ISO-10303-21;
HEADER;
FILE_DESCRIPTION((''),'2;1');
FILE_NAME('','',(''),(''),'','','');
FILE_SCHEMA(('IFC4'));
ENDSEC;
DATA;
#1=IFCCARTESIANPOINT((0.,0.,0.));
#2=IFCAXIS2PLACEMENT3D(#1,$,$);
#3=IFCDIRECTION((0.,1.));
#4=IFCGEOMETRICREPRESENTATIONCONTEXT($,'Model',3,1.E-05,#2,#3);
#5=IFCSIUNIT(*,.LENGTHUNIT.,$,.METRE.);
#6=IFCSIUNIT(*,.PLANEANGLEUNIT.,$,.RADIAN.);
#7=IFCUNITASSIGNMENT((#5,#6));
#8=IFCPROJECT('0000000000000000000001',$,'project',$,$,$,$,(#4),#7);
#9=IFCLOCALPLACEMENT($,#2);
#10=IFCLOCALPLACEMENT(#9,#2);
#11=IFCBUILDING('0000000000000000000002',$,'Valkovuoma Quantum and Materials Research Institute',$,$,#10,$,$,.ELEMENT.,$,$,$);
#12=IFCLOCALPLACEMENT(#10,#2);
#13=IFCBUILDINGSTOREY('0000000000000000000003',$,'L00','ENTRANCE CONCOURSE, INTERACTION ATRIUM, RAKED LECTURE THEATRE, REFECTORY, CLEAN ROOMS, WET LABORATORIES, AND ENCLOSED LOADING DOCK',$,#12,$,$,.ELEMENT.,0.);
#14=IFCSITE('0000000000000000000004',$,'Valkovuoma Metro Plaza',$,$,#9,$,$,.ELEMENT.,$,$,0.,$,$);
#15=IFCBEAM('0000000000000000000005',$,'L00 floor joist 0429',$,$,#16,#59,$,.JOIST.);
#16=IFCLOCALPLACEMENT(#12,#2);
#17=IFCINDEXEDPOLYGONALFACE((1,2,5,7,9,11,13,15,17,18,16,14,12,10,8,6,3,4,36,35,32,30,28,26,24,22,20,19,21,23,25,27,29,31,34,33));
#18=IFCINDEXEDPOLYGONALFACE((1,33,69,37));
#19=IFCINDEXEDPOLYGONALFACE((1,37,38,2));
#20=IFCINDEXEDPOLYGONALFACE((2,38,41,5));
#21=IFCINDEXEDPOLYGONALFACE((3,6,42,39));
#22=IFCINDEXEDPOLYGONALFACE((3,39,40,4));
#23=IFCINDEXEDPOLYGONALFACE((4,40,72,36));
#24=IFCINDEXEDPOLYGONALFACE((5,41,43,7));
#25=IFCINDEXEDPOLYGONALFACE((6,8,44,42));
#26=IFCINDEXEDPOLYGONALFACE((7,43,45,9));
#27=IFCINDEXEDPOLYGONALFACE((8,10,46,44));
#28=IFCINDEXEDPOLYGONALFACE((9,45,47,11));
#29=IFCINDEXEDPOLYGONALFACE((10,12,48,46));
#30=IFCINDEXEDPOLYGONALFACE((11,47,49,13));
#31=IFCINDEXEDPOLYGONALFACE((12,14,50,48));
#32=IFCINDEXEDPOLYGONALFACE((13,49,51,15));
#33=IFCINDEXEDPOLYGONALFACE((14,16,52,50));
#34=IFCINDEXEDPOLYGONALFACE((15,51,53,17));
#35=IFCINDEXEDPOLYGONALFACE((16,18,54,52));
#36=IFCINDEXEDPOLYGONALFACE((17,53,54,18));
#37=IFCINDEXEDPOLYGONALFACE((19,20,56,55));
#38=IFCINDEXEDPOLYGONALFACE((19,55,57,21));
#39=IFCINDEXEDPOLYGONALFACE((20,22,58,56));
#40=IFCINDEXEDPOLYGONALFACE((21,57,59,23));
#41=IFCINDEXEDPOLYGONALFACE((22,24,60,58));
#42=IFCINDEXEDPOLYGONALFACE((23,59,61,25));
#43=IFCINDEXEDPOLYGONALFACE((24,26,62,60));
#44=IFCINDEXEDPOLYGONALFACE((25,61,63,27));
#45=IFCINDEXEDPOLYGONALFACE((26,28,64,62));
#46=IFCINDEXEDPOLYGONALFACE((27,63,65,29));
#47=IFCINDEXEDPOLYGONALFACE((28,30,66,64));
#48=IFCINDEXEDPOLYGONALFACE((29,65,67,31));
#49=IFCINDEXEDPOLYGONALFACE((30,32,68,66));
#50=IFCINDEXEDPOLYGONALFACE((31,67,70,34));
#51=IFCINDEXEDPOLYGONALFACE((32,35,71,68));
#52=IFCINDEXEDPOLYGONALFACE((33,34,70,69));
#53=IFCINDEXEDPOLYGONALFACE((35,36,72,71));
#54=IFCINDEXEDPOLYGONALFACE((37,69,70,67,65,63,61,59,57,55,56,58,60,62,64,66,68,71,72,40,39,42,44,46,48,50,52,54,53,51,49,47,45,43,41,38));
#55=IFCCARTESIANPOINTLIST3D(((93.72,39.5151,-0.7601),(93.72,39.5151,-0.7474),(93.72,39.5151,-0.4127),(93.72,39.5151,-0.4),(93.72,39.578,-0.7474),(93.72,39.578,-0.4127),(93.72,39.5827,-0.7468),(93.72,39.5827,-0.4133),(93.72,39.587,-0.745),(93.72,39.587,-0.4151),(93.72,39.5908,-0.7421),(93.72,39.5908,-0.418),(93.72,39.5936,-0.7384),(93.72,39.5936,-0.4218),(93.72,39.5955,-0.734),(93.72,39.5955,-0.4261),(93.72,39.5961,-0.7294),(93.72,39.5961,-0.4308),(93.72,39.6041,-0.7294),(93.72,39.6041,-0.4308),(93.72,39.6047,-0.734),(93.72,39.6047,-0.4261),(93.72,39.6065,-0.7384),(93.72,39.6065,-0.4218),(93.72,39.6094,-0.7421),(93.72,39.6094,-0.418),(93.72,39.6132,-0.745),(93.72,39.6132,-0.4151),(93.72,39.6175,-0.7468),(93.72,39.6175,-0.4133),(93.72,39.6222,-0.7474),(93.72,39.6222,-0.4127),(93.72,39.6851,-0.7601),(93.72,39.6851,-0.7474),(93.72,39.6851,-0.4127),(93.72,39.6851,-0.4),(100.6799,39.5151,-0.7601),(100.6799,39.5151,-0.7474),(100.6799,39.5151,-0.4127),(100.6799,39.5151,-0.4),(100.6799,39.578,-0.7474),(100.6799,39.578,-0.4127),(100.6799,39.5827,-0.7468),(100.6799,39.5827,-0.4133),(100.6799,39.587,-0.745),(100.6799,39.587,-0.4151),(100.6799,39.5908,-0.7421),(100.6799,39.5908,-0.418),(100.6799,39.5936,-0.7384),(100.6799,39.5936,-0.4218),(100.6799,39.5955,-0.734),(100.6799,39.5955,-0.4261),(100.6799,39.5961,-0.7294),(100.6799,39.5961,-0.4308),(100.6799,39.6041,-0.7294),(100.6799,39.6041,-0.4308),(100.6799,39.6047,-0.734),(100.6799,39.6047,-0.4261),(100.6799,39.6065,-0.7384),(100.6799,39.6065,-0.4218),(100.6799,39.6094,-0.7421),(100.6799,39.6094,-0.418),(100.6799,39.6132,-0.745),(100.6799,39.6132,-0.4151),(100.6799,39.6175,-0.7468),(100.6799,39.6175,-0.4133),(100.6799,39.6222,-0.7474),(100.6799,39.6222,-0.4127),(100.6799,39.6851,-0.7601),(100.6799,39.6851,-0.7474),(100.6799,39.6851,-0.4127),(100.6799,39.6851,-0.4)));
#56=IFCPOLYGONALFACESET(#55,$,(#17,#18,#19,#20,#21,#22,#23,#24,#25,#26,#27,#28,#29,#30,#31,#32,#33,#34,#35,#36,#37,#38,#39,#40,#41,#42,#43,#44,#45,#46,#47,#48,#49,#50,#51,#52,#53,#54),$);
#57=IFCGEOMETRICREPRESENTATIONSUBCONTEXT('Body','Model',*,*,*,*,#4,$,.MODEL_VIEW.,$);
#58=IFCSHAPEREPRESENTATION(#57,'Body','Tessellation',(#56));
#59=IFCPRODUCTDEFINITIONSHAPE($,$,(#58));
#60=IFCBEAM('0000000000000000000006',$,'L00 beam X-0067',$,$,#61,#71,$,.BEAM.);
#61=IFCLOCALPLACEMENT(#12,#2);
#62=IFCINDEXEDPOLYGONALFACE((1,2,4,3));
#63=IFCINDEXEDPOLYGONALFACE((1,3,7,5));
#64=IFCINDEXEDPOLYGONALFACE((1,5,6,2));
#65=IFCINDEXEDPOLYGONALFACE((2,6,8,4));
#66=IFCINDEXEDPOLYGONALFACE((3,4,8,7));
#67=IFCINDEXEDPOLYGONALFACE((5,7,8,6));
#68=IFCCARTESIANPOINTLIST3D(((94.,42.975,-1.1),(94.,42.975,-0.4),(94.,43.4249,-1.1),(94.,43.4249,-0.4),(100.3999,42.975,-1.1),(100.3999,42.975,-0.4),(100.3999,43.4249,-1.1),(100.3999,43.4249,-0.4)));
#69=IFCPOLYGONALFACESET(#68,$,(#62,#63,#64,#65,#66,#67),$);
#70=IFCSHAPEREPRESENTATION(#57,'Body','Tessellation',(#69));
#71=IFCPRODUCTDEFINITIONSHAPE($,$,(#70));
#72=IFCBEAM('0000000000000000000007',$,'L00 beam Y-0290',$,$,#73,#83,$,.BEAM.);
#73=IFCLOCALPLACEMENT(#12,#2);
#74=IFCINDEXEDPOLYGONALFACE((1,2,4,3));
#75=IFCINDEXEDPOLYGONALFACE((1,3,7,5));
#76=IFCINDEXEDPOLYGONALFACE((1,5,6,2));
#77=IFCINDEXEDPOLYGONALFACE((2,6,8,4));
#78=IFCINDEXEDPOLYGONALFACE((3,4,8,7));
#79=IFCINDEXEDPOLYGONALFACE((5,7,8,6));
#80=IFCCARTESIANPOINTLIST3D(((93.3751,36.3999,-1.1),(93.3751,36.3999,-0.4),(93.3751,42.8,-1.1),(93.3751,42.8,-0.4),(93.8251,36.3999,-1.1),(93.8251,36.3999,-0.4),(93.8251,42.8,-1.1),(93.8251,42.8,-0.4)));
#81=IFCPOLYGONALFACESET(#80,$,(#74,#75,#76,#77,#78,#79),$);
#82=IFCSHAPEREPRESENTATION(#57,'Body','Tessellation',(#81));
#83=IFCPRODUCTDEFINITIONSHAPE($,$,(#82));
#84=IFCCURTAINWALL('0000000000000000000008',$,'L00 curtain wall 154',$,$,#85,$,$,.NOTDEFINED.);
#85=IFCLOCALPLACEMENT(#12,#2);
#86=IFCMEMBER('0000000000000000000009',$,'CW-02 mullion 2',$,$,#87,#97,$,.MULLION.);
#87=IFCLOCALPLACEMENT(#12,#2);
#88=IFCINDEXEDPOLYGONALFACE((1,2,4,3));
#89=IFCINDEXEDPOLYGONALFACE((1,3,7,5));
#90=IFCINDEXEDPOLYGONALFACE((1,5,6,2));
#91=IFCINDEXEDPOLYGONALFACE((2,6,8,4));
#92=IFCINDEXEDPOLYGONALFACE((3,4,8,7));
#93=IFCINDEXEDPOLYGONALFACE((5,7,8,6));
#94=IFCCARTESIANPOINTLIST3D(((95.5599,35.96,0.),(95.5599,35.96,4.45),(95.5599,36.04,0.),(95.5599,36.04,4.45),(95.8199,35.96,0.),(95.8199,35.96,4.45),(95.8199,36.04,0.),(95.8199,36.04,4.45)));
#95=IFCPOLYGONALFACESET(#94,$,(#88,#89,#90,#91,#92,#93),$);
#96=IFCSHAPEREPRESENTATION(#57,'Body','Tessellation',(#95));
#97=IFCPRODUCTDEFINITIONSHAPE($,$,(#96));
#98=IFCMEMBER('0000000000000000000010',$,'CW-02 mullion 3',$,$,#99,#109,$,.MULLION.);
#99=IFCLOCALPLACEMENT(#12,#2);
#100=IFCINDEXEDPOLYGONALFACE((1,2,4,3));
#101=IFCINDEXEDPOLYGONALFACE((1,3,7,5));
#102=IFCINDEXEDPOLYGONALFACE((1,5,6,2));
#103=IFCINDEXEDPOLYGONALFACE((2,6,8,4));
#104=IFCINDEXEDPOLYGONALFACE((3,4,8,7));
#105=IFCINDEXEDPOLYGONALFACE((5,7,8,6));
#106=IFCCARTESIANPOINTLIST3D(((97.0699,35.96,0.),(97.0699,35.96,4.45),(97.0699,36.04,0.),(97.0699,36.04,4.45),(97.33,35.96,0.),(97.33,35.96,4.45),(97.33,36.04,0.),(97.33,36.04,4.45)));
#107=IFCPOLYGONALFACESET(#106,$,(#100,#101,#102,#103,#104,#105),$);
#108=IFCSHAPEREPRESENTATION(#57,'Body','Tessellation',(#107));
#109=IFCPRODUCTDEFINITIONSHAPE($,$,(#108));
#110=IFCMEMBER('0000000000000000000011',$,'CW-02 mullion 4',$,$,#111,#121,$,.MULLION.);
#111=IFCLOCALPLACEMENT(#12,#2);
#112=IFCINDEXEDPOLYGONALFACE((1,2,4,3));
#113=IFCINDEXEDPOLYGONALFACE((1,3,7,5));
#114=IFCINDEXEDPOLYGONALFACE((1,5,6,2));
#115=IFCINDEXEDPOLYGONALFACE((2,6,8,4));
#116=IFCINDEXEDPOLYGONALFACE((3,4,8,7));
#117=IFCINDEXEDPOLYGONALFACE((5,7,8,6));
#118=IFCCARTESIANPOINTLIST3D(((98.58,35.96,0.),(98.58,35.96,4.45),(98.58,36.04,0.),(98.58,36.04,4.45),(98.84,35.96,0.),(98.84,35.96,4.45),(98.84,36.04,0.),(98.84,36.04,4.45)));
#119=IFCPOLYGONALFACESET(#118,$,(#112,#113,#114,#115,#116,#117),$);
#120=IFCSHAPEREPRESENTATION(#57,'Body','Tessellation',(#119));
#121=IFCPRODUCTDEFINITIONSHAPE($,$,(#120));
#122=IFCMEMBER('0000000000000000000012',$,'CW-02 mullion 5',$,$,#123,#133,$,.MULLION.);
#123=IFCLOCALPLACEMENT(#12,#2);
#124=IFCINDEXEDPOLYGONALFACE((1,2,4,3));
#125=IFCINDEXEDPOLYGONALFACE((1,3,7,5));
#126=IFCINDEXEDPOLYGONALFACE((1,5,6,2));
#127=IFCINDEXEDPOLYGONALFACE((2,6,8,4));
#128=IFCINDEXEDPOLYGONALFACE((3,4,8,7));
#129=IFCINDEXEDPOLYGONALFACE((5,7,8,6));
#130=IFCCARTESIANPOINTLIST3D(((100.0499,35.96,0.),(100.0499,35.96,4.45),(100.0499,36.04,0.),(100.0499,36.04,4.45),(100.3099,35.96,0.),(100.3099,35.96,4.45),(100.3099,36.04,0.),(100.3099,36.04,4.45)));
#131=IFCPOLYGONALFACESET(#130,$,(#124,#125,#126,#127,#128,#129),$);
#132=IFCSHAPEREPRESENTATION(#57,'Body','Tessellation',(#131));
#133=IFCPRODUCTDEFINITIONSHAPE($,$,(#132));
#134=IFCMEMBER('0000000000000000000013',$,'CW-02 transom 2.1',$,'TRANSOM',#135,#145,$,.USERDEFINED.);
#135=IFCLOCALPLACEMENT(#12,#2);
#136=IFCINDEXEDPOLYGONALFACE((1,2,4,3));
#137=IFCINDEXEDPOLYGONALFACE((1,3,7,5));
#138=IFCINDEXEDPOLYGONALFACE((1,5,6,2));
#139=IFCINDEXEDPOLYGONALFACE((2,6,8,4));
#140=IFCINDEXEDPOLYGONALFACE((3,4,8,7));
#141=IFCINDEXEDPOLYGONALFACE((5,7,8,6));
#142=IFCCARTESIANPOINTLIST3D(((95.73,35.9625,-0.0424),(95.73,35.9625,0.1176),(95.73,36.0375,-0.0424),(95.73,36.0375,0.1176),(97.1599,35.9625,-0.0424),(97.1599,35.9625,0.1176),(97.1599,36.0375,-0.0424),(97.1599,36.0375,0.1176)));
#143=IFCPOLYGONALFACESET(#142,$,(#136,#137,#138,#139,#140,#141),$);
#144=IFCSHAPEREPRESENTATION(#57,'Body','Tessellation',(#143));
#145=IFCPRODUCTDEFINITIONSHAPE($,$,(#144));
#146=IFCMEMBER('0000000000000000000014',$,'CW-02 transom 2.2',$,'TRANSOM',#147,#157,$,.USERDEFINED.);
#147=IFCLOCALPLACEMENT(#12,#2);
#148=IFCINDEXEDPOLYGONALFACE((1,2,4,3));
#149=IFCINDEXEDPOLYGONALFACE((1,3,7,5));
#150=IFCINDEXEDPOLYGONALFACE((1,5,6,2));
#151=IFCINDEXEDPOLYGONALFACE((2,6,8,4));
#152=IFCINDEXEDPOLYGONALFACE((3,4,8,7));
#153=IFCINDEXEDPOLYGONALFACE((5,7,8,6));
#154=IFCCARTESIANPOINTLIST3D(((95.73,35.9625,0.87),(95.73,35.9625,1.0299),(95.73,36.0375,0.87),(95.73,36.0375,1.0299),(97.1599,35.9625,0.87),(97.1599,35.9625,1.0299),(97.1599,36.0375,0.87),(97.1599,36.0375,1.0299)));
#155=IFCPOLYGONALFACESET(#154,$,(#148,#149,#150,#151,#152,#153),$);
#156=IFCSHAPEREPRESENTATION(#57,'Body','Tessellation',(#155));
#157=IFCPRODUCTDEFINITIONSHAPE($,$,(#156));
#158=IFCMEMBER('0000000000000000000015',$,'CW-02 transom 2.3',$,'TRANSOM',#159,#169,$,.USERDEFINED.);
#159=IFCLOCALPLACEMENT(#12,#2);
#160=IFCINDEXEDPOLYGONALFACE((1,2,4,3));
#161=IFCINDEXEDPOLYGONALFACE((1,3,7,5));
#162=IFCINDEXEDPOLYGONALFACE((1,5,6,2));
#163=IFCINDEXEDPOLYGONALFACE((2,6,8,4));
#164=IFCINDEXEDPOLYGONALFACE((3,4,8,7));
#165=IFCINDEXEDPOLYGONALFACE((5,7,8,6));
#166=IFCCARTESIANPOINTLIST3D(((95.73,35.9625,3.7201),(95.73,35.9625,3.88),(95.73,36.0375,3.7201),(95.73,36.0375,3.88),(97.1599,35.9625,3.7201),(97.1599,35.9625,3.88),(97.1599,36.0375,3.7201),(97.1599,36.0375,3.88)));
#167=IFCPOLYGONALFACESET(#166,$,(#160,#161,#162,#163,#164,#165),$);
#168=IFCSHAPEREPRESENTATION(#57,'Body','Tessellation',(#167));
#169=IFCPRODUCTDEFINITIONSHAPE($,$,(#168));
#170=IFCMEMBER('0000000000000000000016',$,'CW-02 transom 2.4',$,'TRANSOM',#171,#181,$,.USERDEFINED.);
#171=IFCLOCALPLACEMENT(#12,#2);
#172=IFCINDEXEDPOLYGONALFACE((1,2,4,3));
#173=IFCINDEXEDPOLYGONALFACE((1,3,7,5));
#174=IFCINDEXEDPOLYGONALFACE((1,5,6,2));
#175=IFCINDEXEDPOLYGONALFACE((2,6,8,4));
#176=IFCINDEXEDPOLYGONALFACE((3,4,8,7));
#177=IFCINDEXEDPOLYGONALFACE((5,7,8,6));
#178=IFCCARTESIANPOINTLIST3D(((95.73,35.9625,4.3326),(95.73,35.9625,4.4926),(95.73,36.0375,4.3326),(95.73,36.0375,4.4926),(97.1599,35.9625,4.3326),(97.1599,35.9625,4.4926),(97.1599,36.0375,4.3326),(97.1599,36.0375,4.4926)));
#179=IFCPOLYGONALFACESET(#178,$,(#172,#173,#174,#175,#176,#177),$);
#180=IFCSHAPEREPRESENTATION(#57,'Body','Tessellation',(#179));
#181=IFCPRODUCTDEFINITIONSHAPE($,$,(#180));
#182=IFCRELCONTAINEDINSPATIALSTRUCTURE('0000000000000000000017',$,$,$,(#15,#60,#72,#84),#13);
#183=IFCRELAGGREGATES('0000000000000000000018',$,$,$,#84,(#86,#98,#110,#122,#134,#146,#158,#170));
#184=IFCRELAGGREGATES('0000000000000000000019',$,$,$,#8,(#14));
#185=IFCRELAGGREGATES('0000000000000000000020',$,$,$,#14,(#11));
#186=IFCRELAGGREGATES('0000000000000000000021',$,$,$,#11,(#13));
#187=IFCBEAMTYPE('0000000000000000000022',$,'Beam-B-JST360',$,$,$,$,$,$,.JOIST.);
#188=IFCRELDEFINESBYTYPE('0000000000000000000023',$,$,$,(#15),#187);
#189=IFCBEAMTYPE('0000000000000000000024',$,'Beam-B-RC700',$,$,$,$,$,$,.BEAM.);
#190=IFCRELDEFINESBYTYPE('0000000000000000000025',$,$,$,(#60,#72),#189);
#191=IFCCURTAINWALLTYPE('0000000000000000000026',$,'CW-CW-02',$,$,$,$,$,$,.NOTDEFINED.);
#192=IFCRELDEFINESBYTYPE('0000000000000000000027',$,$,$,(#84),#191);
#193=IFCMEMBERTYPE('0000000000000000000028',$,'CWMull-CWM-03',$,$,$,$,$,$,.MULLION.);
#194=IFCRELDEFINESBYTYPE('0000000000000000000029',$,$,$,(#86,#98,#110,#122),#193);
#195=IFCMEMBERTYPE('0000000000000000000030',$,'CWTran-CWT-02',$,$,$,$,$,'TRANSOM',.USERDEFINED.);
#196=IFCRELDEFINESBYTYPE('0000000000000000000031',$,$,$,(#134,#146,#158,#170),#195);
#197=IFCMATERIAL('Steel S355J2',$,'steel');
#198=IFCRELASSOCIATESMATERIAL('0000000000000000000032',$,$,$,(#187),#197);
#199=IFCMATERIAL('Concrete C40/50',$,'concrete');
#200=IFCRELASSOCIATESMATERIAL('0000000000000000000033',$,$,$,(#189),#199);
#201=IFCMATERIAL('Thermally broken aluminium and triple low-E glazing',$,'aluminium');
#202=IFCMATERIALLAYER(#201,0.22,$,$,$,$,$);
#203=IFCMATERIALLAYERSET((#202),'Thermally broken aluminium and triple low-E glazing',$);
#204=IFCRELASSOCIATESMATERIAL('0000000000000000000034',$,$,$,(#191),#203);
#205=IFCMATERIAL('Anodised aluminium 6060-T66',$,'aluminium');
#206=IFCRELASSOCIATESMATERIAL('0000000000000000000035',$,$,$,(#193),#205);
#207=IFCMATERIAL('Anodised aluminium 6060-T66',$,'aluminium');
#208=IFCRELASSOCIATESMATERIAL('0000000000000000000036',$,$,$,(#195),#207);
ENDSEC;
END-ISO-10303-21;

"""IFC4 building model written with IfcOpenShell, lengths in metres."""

from ifc_helpers import new_model, si_unit, direction, frame, origin, origin_2d, place, context, subcontext, project, spatial, rectangle, i_section, extrude, material, layer, layer_set, material_profile, profile_set, type_object, element, aggregate, save


model = new_model("IFC4")

# Units and contexts
model_context = context("Model", 3, precision=1e-05, world=origin(), true_north=direction((0.0, 1.0)))
body_context = subcontext(model_context, "Body", "Model", "MODEL_VIEW")
ifc_project = project(units=[si_unit("LENGTHUNIT", "METRE"), si_unit("PLANEANGLEUNIT", "RADIAN")], contexts=[model_context])

# Site, building, storey
site_placement = place(None, origin())
site = spatial("IfcSite", under=ifc_project, at=site_placement, Name="Valkovuoma Metro Plaza", CompositionType="ELEMENT", RefElevation=0.0)
building_placement = place(site_placement, origin())
building = spatial("IfcBuilding", under=site, at=building_placement, Name="Valkovuoma Quantum and Materials Research Institute", CompositionType="ELEMENT")
storey_placement = place(building_placement, origin())
storey = spatial("IfcBuildingStorey", under=building, at=storey_placement, Name="L00", Description="ENTRANCE CONCOURSE, INTERACTION ATRIUM, RAKED LECTURE THEATRE, REFECTORY, CLEAN ROOMS, WET LABORATORIES, AND ENCLOSED LOADING DOCK", CompositionType="ELEMENT", Elevation=0.0)

# Beams
ifc_material_1 = material(Name="Steel S355J2", Category="steel")
ifc_material_profile_1 = material_profile(ifc_material_1, i_section(OverallWidth=0.1699, OverallDepth=0.3601, WebThickness=0.0081, FlangeThickness=0.0127, FilletRadius=0.0181, at=origin_2d()), Name="Steel S355J2")
ifc_profile_set_1 = profile_set([ifc_material_profile_1], Name="Steel S355J2")
beam_type_1 = type_object("IfcBeamType", Name="Beam-B-JST360", PredefinedType="JOIST", material=ifc_profile_set_1)
beam_1_placement = place(storey_placement, frame((93.72, 39.6001, -0.5801), z_axis=(1.0, 0.0, 0.0), x_axis=(0.0, 1.0, 0.0)))
element("IfcBeam", 1, at=beam_1_placement, inside=storey, type_object=beam_type_1, Name="L00 floor joist 0429", PredefinedType="JOIST", context=body_context, shape_type="SweptSolid", body=[
    extrude(i_section(OverallWidth=0.1699, OverallDepth=0.3601, WebThickness=0.0081, FlangeThickness=0.0127, FilletRadius=0.0181, at=origin_2d()), origin(), (0.0, 0.0, 1.0), 6.96),
])
ifc_material_2 = material(Name="Concrete C40/50", Category="concrete")
ifc_material_profile_2 = material_profile(ifc_material_2, rectangle(XDim=0.45, YDim=0.7, at=origin_2d()), Name="Concrete C40/50")
ifc_profile_set_2 = profile_set([ifc_material_profile_2], Name="Concrete C40/50")
beam_type_2 = type_object("IfcBeamType", Name="Beam-B-RC700", PredefinedType="BEAM", material=ifc_profile_set_2)
beam_2_placement = place(storey_placement, frame((94.0, 43.2, -0.75), z_axis=(1.0, 0.0, 0.0), x_axis=(0.0, 1.0, 0.0)))
element("IfcBeam", 2, at=beam_2_placement, inside=storey, type_object=beam_type_2, Name="L00 beam X-0067", PredefinedType="BEAM", context=body_context, shape_type="SweptSolid", body=[
    extrude(rectangle(XDim=0.45, YDim=0.7, at=origin_2d()), origin(), (0.0, 0.0, 1.0), 6.3999),
])
beam_3_placement = place(storey_placement, frame((93.6001, 36.3999, -0.75), z_axis=(0.0, 1.0, 0.0), x_axis=(-1.0, 0.0, 0.0)))
element("IfcBeam", 3, at=beam_3_placement, inside=storey, type_object=beam_type_2, Name="L00 beam Y-0290", PredefinedType="BEAM", context=body_context, shape_type="SweptSolid", body=[
    extrude(rectangle(XDim=0.45, YDim=0.7, at=origin_2d()), origin(), (0.0, 0.0, 1.0), 6.4001),
])

# Curtain wall, members
ifc_material_3 = material(Name="Thermally broken aluminium and triple low-E glazing", Category="aluminium")
ifc_layer_1 = layer(ifc_material_3, 0.22)
ifc_layer_set_1 = layer_set([ifc_layer_1], Name="Thermally broken aluminium and triple low-E glazing")
curtain_wall_type = type_object("IfcCurtainWallType", Name="CW-CW-02", PredefinedType="NOTDEFINED", material=ifc_layer_set_1)
curtain_wall_placement = place(storey_placement, origin())
curtain_wall = element("IfcCurtainWall", 4, at=curtain_wall_placement, inside=storey, type_object=curtain_wall_type, Name="L00 curtain wall 154", PredefinedType="NOTDEFINED")
ifc_material_4 = material(Name="Anodised aluminium 6060-T66", Category="aluminium")
ifc_material_profile_3 = material_profile(ifc_material_4, rectangle(XDim=0.0801, YDim=0.26, at=origin_2d()), Name="Anodised aluminium 6060-T66")
ifc_profile_set_3 = profile_set([ifc_material_profile_3], Name="Anodised aluminium 6060-T66")
member_type_1 = type_object("IfcMemberType", Name="CWMull-CWM-03", PredefinedType="MULLION", material=ifc_profile_set_3)
member_1_placement = place(storey_placement, frame((95.6899, 36.0, 0.0), z_axis=(0.0, 0.0, 1.0), x_axis=(0.0, 1.0, 0.0)))
member_1 = element("IfcMember", 5, at=member_1_placement, type_object=member_type_1, Name="CW-02 mullion 2", PredefinedType="MULLION", context=body_context, shape_type="SweptSolid", body=[
    extrude(rectangle(XDim=0.0801, YDim=0.26, at=origin_2d()), origin(), (0.0, 0.0, 1.0), 4.45),
])
member_2_placement = place(storey_placement, frame((97.2, 36.0, 0.0), z_axis=(0.0, 0.0, 1.0), x_axis=(0.0, 1.0, 0.0)))
member_2 = element("IfcMember", 6, at=member_2_placement, type_object=member_type_1, Name="CW-02 mullion 3", PredefinedType="MULLION", context=body_context, shape_type="SweptSolid", body=[
    extrude(rectangle(XDim=0.0801, YDim=0.26, at=origin_2d()), origin(), (0.0, 0.0, 1.0), 4.45),
])
member_3_placement = place(storey_placement, frame((98.71, 36.0, 0.0), z_axis=(0.0, 0.0, 1.0), x_axis=(0.0, 1.0, 0.0)))
member_3 = element("IfcMember", 7, at=member_3_placement, type_object=member_type_1, Name="CW-02 mullion 4", PredefinedType="MULLION", context=body_context, shape_type="SweptSolid", body=[
    extrude(rectangle(XDim=0.0801, YDim=0.26, at=origin_2d()), origin(), (0.0, 0.0, 1.0), 4.45),
])
member_4_placement = place(storey_placement, frame((100.1799, 36.0, 0.0), z_axis=(0.0, 0.0, 1.0), x_axis=(0.0, 1.0, 0.0)))
member_4 = element("IfcMember", 8, at=member_4_placement, type_object=member_type_1, Name="CW-02 mullion 5", PredefinedType="MULLION", context=body_context, shape_type="SweptSolid", body=[
    extrude(rectangle(XDim=0.0801, YDim=0.26, at=origin_2d()), origin(), (0.0, 0.0, 1.0), 4.45),
])
ifc_material_5 = material(Name="Anodised aluminium 6060-T66", Category="aluminium")
ifc_material_profile_4 = material_profile(ifc_material_5, rectangle(XDim=0.075, YDim=0.1599, at=origin_2d()), Name="Anodised aluminium 6060-T66")
ifc_profile_set_4 = profile_set([ifc_material_profile_4], Name="Anodised aluminium 6060-T66")
member_type_2 = type_object("IfcMemberType", Name="CWTran-CWT-02", ElementType="TRANSOM", PredefinedType="USERDEFINED", material=ifc_profile_set_4)
member_5_placement = place(storey_placement, frame((95.73, 36.0, 0.0376), z_axis=(1.0, 0.0, 0.0), x_axis=(0.0, 1.0, 0.0)))
member_5 = element("IfcMember", 9, at=member_5_placement, type_object=member_type_2, Name="CW-02 transom 2.1", ObjectType="TRANSOM", PredefinedType="USERDEFINED", context=body_context, shape_type="SweptSolid", body=[
    extrude(rectangle(XDim=0.075, YDim=0.1599, at=origin_2d()), origin(), (0.0, 0.0, 1.0), 1.4299),
])
member_6_placement = place(storey_placement, frame((95.73, 36.0, 0.95), z_axis=(1.0, 0.0, 0.0), x_axis=(0.0, 1.0, 0.0)))
member_6 = element("IfcMember", 10, at=member_6_placement, type_object=member_type_2, Name="CW-02 transom 2.2", ObjectType="TRANSOM", PredefinedType="USERDEFINED", context=body_context, shape_type="SweptSolid", body=[
    extrude(rectangle(XDim=0.075, YDim=0.1599, at=origin_2d()), origin(), (0.0, 0.0, 1.0), 1.4299),
])
member_7_placement = place(storey_placement, frame((95.73, 36.0, 3.8), z_axis=(1.0, 0.0, 0.0), x_axis=(0.0, 1.0, 0.0)))
member_7 = element("IfcMember", 11, at=member_7_placement, type_object=member_type_2, Name="CW-02 transom 2.3", ObjectType="TRANSOM", PredefinedType="USERDEFINED", context=body_context, shape_type="SweptSolid", body=[
    extrude(rectangle(XDim=0.075, YDim=0.1599, at=origin_2d()), origin(), (0.0, 0.0, 1.0), 1.4299),
])
member_8_placement = place(storey_placement, frame((95.73, 36.0, 4.4126), z_axis=(1.0, 0.0, 0.0), x_axis=(0.0, 1.0, 0.0)))
member_8 = element("IfcMember", 12, at=member_8_placement, type_object=member_type_2, Name="CW-02 transom 2.4", ObjectType="TRANSOM", PredefinedType="USERDEFINED", context=body_context, shape_type="SweptSolid", body=[
    extrude(rectangle(XDim=0.075, YDim=0.1599, at=origin_2d()), origin(), (0.0, 0.0, 1.0), 1.4299),
])
aggregate(curtain_wall, [member_1, member_2, member_3, member_4, member_5, member_6, member_7, member_8])

save(model, "model.ifc")
